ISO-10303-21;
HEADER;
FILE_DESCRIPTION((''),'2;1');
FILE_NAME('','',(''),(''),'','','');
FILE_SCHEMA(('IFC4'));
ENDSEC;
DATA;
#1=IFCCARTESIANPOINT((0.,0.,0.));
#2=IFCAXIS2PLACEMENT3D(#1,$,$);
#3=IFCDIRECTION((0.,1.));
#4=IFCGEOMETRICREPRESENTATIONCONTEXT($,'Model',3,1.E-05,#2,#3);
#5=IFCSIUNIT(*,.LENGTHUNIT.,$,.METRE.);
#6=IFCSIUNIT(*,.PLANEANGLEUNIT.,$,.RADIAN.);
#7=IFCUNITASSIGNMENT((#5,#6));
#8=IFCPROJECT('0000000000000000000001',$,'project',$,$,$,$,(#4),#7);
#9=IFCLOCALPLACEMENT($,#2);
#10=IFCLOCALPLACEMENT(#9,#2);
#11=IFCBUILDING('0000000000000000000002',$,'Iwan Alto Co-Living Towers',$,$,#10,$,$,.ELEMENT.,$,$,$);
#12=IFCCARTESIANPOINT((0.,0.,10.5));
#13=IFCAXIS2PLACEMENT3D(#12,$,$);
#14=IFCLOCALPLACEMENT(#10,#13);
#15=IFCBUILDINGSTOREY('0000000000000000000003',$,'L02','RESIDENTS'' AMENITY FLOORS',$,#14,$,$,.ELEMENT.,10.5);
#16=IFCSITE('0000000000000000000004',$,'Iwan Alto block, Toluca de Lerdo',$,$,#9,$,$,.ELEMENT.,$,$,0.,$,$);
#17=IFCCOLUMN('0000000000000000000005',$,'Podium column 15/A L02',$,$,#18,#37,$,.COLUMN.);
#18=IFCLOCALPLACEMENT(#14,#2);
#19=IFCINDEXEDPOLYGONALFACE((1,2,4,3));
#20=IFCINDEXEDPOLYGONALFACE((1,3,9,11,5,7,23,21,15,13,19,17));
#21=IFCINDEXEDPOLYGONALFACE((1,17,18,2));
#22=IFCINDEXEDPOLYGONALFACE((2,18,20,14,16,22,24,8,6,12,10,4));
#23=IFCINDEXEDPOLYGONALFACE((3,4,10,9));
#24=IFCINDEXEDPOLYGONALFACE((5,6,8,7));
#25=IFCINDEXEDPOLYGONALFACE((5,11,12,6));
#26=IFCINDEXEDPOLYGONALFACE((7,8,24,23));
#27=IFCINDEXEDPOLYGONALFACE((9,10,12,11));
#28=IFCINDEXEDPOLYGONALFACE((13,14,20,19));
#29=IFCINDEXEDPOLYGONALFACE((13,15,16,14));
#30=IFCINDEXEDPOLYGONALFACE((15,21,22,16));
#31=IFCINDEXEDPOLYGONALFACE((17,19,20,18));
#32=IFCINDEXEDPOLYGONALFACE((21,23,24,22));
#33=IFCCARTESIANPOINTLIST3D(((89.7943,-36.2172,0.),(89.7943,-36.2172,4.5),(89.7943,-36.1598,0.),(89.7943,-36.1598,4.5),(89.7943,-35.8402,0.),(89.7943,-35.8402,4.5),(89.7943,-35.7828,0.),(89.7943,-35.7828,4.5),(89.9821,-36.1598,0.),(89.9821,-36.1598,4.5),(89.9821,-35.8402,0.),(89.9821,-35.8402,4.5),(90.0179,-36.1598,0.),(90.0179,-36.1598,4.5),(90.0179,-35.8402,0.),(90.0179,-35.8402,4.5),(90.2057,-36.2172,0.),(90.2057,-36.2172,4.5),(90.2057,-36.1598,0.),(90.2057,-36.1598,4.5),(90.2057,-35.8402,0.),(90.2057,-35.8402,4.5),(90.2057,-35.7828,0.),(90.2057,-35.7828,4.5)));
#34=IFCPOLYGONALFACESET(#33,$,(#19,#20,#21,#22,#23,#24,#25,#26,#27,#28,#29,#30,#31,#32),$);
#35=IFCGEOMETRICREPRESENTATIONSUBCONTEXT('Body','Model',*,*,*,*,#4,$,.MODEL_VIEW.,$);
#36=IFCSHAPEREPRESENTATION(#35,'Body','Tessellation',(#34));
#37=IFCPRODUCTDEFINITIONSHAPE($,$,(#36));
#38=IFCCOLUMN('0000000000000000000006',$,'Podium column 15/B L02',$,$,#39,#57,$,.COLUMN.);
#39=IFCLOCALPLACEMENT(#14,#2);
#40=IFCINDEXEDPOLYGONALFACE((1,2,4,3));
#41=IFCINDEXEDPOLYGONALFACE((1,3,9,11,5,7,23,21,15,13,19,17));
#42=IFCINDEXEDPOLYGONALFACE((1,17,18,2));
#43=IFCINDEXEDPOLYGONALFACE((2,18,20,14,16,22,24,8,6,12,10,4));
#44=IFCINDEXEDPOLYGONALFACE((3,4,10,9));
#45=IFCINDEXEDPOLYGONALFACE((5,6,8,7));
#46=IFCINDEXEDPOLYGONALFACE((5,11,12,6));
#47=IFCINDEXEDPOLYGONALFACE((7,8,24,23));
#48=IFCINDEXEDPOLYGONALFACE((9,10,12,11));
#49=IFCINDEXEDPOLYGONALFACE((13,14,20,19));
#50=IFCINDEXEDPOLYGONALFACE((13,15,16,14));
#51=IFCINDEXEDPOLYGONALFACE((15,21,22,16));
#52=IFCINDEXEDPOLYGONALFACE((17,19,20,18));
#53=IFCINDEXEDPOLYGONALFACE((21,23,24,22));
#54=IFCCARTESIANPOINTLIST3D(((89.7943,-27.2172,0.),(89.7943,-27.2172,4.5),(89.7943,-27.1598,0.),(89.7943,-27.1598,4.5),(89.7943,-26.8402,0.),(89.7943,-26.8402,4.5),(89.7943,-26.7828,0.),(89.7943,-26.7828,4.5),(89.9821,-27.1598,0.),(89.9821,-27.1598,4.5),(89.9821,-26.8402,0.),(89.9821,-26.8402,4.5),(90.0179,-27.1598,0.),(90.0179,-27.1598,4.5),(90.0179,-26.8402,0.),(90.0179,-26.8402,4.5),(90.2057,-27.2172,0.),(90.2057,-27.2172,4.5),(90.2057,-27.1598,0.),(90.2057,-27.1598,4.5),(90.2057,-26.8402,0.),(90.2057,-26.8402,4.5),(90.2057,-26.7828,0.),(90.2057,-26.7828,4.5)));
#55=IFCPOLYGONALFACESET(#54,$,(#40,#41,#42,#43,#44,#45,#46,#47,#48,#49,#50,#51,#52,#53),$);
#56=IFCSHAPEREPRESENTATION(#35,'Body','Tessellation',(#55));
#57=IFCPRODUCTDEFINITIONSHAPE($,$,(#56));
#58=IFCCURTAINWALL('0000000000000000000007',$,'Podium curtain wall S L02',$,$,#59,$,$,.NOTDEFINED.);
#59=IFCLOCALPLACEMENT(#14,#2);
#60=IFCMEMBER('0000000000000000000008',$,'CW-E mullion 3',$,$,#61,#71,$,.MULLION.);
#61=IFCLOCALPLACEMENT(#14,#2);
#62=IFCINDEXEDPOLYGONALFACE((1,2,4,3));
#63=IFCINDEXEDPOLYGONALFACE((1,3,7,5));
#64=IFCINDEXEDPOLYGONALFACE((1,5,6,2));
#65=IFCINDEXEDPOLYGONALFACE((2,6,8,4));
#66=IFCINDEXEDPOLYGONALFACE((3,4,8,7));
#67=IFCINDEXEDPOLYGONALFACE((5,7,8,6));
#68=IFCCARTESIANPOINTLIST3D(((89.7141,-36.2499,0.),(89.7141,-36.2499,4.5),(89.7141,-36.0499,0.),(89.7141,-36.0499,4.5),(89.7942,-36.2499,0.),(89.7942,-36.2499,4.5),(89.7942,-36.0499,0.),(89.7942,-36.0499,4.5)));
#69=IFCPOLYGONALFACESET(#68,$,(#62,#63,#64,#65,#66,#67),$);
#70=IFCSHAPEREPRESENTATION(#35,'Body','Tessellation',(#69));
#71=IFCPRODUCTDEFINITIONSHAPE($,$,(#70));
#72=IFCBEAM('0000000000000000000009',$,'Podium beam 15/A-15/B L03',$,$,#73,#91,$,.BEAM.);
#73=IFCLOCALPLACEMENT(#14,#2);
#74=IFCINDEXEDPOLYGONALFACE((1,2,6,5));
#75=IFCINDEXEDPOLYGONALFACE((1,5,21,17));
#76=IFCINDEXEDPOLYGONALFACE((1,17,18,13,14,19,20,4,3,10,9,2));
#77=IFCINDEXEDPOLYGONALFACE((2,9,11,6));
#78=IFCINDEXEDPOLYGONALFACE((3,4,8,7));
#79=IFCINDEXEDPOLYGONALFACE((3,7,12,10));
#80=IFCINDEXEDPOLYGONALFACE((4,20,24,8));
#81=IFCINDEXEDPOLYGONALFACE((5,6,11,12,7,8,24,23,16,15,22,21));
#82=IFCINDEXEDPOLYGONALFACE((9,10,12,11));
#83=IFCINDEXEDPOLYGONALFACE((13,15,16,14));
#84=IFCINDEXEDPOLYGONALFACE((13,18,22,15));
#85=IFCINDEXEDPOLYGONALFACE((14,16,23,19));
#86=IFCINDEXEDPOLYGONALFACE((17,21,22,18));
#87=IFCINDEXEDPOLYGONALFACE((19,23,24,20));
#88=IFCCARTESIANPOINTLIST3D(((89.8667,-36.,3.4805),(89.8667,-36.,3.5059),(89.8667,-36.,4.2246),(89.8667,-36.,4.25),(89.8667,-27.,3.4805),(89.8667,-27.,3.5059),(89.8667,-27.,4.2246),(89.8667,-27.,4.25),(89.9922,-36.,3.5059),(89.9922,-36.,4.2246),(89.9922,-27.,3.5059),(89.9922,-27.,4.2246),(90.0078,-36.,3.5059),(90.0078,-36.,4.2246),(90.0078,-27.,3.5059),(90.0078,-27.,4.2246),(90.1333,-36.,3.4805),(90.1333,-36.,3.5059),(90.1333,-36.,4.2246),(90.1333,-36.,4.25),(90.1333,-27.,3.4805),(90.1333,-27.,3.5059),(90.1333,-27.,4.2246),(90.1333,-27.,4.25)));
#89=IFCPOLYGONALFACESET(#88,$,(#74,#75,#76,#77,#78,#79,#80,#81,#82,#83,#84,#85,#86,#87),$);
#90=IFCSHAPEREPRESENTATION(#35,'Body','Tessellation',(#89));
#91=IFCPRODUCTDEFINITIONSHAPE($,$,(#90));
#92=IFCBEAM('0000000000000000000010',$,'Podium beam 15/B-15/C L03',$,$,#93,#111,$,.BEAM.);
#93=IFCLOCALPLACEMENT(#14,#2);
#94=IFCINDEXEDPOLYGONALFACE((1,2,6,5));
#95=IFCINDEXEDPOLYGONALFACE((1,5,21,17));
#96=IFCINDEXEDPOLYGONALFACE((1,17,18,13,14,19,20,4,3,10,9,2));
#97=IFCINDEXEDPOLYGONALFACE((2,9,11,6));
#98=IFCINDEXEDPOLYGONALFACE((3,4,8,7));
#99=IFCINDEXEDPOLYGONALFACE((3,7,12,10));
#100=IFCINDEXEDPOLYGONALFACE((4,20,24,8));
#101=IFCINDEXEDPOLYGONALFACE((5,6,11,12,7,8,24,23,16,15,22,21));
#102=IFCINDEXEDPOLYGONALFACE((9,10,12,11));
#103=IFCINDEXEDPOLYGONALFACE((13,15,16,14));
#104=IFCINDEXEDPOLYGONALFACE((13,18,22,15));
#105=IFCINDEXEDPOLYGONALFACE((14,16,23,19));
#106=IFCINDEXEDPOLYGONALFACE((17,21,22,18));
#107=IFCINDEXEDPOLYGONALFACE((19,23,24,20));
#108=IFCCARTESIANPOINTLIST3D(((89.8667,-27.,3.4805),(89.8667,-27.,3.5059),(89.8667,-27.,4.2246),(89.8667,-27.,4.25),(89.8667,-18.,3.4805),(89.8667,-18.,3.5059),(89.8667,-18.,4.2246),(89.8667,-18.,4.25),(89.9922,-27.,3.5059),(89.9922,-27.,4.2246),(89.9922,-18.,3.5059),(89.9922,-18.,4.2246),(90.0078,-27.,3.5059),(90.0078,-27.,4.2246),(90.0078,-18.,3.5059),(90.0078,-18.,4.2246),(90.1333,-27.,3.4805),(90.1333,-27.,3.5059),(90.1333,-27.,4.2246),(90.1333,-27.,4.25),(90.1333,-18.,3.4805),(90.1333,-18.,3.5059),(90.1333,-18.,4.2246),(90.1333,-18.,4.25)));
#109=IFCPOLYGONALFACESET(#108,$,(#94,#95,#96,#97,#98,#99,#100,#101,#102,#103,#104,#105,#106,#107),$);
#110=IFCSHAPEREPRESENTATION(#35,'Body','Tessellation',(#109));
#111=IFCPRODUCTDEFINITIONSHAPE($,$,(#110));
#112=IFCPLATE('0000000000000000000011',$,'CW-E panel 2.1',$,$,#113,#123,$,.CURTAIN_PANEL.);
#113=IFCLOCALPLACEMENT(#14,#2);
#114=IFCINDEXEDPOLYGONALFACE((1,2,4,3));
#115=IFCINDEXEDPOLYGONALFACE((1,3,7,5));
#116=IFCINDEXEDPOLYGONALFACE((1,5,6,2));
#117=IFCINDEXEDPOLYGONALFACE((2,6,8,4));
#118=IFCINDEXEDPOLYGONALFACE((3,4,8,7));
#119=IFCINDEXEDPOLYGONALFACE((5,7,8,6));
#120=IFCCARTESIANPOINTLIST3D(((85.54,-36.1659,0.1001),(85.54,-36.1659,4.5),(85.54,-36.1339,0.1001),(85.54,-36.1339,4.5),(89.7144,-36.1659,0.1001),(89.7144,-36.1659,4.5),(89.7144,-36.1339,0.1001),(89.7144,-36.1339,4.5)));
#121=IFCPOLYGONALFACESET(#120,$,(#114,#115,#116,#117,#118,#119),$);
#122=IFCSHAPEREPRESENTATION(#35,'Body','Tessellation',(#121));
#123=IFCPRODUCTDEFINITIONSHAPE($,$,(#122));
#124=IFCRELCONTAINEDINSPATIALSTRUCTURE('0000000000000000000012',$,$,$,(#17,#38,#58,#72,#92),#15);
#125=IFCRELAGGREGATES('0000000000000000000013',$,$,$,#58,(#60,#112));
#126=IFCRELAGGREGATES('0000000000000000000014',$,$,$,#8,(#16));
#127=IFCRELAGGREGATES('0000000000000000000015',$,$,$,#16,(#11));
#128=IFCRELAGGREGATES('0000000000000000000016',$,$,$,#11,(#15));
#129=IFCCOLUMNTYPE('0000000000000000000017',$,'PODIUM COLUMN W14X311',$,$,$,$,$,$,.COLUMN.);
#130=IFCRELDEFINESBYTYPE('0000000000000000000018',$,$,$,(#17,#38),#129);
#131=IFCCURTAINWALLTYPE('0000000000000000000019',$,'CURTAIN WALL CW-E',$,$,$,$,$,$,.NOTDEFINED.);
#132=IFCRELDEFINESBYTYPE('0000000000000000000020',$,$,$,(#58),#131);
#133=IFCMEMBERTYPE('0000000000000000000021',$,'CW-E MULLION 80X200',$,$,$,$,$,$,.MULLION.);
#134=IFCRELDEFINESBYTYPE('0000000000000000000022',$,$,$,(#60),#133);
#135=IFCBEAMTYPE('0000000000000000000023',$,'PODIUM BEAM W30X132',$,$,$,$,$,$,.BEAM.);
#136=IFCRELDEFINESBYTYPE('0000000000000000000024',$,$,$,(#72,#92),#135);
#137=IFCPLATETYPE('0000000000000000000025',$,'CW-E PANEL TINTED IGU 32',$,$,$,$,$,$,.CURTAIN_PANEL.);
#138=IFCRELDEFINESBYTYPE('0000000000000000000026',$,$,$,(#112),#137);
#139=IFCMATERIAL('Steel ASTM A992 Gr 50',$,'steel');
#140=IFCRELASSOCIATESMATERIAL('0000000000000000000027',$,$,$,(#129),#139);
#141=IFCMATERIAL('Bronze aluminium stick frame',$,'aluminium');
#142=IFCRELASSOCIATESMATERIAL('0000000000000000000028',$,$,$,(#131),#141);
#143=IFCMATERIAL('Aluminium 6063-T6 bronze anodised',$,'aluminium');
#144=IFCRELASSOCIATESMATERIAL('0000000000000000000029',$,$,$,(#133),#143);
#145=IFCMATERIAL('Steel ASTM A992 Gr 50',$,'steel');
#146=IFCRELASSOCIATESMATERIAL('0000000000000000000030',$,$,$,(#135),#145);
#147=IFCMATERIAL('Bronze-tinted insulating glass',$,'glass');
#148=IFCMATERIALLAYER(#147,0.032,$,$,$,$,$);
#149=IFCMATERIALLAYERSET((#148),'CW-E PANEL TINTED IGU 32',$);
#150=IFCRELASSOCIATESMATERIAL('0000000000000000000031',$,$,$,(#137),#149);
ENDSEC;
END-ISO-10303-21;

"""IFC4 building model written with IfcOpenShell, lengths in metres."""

from ifc_helpers import new_model, si_unit, direction, frame, origin, origin_2d, place, context, subcontext, project, spatial, rectangle, i_section, extrude, material, layer, layer_set, material_profile, profile_set, type_object, element, aggregate, save


model = new_model("IFC4")

# Units and contexts
model_context = context("Model", 3, precision=1e-05, world=origin(), true_north=direction((0.0, 1.0)))
body_context = subcontext(model_context, "Body", "Model", "MODEL_VIEW")
ifc_project = project(units=[si_unit("LENGTHUNIT", "METRE"), si_unit("PLANEANGLEUNIT", "RADIAN")], contexts=[model_context])

# Site, building, storey
site_placement = place(None, origin())
site = spatial("IfcSite", under=ifc_project, at=site_placement, Name="Iwan Alto block, Toluca de Lerdo", CompositionType="ELEMENT", RefElevation=0.0)
building_placement = place(site_placement, origin())
building = spatial("IfcBuilding", under=site, at=building_placement, Name="Iwan Alto Co-Living Towers", CompositionType="ELEMENT")
storey_placement = place(building_placement, frame((0.0, 0.0, 10.5)))
storey = spatial("IfcBuildingStorey", under=building, at=storey_placement, Name="L02", Description="RESIDENTS' AMENITY FLOORS", CompositionType="ELEMENT", Elevation=10.5)

# Columns
ifc_material_1 = material(Name="Steel ASTM A992 Gr 50", Category="steel")
ifc_material_profile_1 = material_profile(ifc_material_1, i_section(OverallWidth=0.4114, OverallDepth=0.4343, WebThickness=0.0359, FlangeThickness=0.0574, at=origin_2d()), Name="W14X311")
ifc_profile_set_1 = profile_set([ifc_material_profile_1], Name="Steel ASTM A992 Gr 50")
column_type = type_object("IfcColumnType", Name="PODIUM COLUMN W14X311", PredefinedType="COLUMN", material=ifc_profile_set_1)
for number, where, z_axis, x_axis, name in (
    (1, (90.0, -36.0, 0.0), (0.0, 0.0, 1.0), (1.0, 0.0, 0.0), "Podium column 15/A L02"),
    (2, (90.0, -27.0, 0.0), (0.0, 0.0, 1.0), (1.0, 0.0, 0.0), "Podium column 15/B L02"),
):
    element("IfcColumn", number, at=place(storey_placement, frame(where, z_axis=z_axis, x_axis=x_axis)), inside=storey, type_object=column_type, Name=name, PredefinedType="COLUMN", context=body_context, shape_type="SweptSolid", body=[
        extrude(i_section(OverallWidth=0.4114, OverallDepth=0.4343, WebThickness=0.0359, FlangeThickness=0.0574, at=origin_2d()), origin(), (0.0, 0.0, 1.0), 4.5),
    ])

# Curtain wall, member
ifc_material_2 = material(Name="Bronze aluminium stick frame", Category="aluminium")
curtain_wall_type = type_object("IfcCurtainWallType", Name="CURTAIN WALL CW-E", PredefinedType="NOTDEFINED", material=ifc_material_2)
curtain_wall_placement = place(storey_placement, origin())
curtain_wall = element("IfcCurtainWall", 3, at=curtain_wall_placement, inside=storey, type_object=curtain_wall_type, Name="Podium curtain wall S L02", PredefinedType="NOTDEFINED")
ifc_material_3 = material(Name="Aluminium 6063-T6 bronze anodised", Category="aluminium")
ifc_material_profile_2 = material_profile(ifc_material_3, rectangle(XDim=0.2, YDim=0.0801, at=origin_2d()), Name="AL 80X200")
ifc_profile_set_2 = profile_set([ifc_material_profile_2], Name="Aluminium 6063-T6 bronze anodised")
member_type = type_object("IfcMemberType", Name="CW-E MULLION 80X200", PredefinedType="MULLION", material=ifc_profile_set_2)
member_placement = place(storey_placement, frame((89.7542, -36.1499, 0.0), z_axis=(0.0, 0.0, 1.0), x_axis=(0.0, 1.0, 0.0)))
member = element("IfcMember", 4, at=member_placement, type_object=member_type, Name="CW-E mullion 3", PredefinedType="MULLION", context=body_context, shape_type="SweptSolid", body=[
    extrude(rectangle(XDim=0.2, YDim=0.0801, at=origin_2d()), origin(), (0.0, 0.0, 1.0), 4.5),
])

# Beams
ifc_material_4 = material(Name="Steel ASTM A992 Gr 50", Category="steel")
ifc_material_profile_3 = material_profile(ifc_material_4, i_section(OverallWidth=0.2666, OverallDepth=0.7695, WebThickness=0.0156, FlangeThickness=0.0254, at=origin_2d()), Name="W30X132")
ifc_profile_set_3 = profile_set([ifc_material_profile_3], Name="Steel ASTM A992 Gr 50")
beam_type = type_object("IfcBeamType", Name="PODIUM BEAM W30X132", PredefinedType="BEAM", material=ifc_profile_set_3)
for number, where, z_axis, x_axis, name in (
    (5, (90.0, -36.0, 3.8652), (0.0, 1.0, 0.0), (-1.0, 0.0, 0.0), "Podium beam 15/A-15/B L03"),
    (6, (90.0, -27.0, 3.8652), (0.0, 1.0, 0.0), (-1.0, 0.0, 0.0), "Podium beam 15/B-15/C L03"),
):
    element("IfcBeam", number, at=place(storey_placement, frame(where, z_axis=z_axis, x_axis=x_axis)), inside=storey, type_object=beam_type, Name=name, PredefinedType="BEAM", context=body_context, shape_type="SweptSolid", body=[
        extrude(i_section(OverallWidth=0.2666, OverallDepth=0.7695, WebThickness=0.0156, FlangeThickness=0.0254, at=origin_2d()), origin(), (0.0, 0.0, 1.0), 9.0),
    ])

# Plate
ifc_material_5 = material(Name="Bronze-tinted insulating glass", Category="glass")
ifc_layer_1 = layer(ifc_material_5, 0.032)
ifc_layer_set_1 = layer_set([ifc_layer_1], Name="CW-E PANEL TINTED IGU 32")
plate_type = type_object("IfcPlateType", Name="CW-E PANEL TINTED IGU 32", PredefinedType="CURTAIN_PANEL", material=ifc_layer_set_1)
plate_placement = place(storey_placement, frame((87.6272, -36.1499, 0.1001), z_axis=(0.0, 0.0, 1.0), x_axis=(1.0, 0.0, 0.0)))
plate = element("IfcPlate", 7, at=plate_placement, type_object=plate_type, Name="CW-E panel 2.1", PredefinedType="CURTAIN_PANEL", context=body_context, shape_type="SweptSolid", body=[
    extrude(rectangle(XDim=4.1743, YDim=0.032, at=origin_2d()), origin(), (0.0, 0.0, 1.0), 4.3999),
])
aggregate(curtain_wall, [member, plate])

save(model, "model.ifc")
